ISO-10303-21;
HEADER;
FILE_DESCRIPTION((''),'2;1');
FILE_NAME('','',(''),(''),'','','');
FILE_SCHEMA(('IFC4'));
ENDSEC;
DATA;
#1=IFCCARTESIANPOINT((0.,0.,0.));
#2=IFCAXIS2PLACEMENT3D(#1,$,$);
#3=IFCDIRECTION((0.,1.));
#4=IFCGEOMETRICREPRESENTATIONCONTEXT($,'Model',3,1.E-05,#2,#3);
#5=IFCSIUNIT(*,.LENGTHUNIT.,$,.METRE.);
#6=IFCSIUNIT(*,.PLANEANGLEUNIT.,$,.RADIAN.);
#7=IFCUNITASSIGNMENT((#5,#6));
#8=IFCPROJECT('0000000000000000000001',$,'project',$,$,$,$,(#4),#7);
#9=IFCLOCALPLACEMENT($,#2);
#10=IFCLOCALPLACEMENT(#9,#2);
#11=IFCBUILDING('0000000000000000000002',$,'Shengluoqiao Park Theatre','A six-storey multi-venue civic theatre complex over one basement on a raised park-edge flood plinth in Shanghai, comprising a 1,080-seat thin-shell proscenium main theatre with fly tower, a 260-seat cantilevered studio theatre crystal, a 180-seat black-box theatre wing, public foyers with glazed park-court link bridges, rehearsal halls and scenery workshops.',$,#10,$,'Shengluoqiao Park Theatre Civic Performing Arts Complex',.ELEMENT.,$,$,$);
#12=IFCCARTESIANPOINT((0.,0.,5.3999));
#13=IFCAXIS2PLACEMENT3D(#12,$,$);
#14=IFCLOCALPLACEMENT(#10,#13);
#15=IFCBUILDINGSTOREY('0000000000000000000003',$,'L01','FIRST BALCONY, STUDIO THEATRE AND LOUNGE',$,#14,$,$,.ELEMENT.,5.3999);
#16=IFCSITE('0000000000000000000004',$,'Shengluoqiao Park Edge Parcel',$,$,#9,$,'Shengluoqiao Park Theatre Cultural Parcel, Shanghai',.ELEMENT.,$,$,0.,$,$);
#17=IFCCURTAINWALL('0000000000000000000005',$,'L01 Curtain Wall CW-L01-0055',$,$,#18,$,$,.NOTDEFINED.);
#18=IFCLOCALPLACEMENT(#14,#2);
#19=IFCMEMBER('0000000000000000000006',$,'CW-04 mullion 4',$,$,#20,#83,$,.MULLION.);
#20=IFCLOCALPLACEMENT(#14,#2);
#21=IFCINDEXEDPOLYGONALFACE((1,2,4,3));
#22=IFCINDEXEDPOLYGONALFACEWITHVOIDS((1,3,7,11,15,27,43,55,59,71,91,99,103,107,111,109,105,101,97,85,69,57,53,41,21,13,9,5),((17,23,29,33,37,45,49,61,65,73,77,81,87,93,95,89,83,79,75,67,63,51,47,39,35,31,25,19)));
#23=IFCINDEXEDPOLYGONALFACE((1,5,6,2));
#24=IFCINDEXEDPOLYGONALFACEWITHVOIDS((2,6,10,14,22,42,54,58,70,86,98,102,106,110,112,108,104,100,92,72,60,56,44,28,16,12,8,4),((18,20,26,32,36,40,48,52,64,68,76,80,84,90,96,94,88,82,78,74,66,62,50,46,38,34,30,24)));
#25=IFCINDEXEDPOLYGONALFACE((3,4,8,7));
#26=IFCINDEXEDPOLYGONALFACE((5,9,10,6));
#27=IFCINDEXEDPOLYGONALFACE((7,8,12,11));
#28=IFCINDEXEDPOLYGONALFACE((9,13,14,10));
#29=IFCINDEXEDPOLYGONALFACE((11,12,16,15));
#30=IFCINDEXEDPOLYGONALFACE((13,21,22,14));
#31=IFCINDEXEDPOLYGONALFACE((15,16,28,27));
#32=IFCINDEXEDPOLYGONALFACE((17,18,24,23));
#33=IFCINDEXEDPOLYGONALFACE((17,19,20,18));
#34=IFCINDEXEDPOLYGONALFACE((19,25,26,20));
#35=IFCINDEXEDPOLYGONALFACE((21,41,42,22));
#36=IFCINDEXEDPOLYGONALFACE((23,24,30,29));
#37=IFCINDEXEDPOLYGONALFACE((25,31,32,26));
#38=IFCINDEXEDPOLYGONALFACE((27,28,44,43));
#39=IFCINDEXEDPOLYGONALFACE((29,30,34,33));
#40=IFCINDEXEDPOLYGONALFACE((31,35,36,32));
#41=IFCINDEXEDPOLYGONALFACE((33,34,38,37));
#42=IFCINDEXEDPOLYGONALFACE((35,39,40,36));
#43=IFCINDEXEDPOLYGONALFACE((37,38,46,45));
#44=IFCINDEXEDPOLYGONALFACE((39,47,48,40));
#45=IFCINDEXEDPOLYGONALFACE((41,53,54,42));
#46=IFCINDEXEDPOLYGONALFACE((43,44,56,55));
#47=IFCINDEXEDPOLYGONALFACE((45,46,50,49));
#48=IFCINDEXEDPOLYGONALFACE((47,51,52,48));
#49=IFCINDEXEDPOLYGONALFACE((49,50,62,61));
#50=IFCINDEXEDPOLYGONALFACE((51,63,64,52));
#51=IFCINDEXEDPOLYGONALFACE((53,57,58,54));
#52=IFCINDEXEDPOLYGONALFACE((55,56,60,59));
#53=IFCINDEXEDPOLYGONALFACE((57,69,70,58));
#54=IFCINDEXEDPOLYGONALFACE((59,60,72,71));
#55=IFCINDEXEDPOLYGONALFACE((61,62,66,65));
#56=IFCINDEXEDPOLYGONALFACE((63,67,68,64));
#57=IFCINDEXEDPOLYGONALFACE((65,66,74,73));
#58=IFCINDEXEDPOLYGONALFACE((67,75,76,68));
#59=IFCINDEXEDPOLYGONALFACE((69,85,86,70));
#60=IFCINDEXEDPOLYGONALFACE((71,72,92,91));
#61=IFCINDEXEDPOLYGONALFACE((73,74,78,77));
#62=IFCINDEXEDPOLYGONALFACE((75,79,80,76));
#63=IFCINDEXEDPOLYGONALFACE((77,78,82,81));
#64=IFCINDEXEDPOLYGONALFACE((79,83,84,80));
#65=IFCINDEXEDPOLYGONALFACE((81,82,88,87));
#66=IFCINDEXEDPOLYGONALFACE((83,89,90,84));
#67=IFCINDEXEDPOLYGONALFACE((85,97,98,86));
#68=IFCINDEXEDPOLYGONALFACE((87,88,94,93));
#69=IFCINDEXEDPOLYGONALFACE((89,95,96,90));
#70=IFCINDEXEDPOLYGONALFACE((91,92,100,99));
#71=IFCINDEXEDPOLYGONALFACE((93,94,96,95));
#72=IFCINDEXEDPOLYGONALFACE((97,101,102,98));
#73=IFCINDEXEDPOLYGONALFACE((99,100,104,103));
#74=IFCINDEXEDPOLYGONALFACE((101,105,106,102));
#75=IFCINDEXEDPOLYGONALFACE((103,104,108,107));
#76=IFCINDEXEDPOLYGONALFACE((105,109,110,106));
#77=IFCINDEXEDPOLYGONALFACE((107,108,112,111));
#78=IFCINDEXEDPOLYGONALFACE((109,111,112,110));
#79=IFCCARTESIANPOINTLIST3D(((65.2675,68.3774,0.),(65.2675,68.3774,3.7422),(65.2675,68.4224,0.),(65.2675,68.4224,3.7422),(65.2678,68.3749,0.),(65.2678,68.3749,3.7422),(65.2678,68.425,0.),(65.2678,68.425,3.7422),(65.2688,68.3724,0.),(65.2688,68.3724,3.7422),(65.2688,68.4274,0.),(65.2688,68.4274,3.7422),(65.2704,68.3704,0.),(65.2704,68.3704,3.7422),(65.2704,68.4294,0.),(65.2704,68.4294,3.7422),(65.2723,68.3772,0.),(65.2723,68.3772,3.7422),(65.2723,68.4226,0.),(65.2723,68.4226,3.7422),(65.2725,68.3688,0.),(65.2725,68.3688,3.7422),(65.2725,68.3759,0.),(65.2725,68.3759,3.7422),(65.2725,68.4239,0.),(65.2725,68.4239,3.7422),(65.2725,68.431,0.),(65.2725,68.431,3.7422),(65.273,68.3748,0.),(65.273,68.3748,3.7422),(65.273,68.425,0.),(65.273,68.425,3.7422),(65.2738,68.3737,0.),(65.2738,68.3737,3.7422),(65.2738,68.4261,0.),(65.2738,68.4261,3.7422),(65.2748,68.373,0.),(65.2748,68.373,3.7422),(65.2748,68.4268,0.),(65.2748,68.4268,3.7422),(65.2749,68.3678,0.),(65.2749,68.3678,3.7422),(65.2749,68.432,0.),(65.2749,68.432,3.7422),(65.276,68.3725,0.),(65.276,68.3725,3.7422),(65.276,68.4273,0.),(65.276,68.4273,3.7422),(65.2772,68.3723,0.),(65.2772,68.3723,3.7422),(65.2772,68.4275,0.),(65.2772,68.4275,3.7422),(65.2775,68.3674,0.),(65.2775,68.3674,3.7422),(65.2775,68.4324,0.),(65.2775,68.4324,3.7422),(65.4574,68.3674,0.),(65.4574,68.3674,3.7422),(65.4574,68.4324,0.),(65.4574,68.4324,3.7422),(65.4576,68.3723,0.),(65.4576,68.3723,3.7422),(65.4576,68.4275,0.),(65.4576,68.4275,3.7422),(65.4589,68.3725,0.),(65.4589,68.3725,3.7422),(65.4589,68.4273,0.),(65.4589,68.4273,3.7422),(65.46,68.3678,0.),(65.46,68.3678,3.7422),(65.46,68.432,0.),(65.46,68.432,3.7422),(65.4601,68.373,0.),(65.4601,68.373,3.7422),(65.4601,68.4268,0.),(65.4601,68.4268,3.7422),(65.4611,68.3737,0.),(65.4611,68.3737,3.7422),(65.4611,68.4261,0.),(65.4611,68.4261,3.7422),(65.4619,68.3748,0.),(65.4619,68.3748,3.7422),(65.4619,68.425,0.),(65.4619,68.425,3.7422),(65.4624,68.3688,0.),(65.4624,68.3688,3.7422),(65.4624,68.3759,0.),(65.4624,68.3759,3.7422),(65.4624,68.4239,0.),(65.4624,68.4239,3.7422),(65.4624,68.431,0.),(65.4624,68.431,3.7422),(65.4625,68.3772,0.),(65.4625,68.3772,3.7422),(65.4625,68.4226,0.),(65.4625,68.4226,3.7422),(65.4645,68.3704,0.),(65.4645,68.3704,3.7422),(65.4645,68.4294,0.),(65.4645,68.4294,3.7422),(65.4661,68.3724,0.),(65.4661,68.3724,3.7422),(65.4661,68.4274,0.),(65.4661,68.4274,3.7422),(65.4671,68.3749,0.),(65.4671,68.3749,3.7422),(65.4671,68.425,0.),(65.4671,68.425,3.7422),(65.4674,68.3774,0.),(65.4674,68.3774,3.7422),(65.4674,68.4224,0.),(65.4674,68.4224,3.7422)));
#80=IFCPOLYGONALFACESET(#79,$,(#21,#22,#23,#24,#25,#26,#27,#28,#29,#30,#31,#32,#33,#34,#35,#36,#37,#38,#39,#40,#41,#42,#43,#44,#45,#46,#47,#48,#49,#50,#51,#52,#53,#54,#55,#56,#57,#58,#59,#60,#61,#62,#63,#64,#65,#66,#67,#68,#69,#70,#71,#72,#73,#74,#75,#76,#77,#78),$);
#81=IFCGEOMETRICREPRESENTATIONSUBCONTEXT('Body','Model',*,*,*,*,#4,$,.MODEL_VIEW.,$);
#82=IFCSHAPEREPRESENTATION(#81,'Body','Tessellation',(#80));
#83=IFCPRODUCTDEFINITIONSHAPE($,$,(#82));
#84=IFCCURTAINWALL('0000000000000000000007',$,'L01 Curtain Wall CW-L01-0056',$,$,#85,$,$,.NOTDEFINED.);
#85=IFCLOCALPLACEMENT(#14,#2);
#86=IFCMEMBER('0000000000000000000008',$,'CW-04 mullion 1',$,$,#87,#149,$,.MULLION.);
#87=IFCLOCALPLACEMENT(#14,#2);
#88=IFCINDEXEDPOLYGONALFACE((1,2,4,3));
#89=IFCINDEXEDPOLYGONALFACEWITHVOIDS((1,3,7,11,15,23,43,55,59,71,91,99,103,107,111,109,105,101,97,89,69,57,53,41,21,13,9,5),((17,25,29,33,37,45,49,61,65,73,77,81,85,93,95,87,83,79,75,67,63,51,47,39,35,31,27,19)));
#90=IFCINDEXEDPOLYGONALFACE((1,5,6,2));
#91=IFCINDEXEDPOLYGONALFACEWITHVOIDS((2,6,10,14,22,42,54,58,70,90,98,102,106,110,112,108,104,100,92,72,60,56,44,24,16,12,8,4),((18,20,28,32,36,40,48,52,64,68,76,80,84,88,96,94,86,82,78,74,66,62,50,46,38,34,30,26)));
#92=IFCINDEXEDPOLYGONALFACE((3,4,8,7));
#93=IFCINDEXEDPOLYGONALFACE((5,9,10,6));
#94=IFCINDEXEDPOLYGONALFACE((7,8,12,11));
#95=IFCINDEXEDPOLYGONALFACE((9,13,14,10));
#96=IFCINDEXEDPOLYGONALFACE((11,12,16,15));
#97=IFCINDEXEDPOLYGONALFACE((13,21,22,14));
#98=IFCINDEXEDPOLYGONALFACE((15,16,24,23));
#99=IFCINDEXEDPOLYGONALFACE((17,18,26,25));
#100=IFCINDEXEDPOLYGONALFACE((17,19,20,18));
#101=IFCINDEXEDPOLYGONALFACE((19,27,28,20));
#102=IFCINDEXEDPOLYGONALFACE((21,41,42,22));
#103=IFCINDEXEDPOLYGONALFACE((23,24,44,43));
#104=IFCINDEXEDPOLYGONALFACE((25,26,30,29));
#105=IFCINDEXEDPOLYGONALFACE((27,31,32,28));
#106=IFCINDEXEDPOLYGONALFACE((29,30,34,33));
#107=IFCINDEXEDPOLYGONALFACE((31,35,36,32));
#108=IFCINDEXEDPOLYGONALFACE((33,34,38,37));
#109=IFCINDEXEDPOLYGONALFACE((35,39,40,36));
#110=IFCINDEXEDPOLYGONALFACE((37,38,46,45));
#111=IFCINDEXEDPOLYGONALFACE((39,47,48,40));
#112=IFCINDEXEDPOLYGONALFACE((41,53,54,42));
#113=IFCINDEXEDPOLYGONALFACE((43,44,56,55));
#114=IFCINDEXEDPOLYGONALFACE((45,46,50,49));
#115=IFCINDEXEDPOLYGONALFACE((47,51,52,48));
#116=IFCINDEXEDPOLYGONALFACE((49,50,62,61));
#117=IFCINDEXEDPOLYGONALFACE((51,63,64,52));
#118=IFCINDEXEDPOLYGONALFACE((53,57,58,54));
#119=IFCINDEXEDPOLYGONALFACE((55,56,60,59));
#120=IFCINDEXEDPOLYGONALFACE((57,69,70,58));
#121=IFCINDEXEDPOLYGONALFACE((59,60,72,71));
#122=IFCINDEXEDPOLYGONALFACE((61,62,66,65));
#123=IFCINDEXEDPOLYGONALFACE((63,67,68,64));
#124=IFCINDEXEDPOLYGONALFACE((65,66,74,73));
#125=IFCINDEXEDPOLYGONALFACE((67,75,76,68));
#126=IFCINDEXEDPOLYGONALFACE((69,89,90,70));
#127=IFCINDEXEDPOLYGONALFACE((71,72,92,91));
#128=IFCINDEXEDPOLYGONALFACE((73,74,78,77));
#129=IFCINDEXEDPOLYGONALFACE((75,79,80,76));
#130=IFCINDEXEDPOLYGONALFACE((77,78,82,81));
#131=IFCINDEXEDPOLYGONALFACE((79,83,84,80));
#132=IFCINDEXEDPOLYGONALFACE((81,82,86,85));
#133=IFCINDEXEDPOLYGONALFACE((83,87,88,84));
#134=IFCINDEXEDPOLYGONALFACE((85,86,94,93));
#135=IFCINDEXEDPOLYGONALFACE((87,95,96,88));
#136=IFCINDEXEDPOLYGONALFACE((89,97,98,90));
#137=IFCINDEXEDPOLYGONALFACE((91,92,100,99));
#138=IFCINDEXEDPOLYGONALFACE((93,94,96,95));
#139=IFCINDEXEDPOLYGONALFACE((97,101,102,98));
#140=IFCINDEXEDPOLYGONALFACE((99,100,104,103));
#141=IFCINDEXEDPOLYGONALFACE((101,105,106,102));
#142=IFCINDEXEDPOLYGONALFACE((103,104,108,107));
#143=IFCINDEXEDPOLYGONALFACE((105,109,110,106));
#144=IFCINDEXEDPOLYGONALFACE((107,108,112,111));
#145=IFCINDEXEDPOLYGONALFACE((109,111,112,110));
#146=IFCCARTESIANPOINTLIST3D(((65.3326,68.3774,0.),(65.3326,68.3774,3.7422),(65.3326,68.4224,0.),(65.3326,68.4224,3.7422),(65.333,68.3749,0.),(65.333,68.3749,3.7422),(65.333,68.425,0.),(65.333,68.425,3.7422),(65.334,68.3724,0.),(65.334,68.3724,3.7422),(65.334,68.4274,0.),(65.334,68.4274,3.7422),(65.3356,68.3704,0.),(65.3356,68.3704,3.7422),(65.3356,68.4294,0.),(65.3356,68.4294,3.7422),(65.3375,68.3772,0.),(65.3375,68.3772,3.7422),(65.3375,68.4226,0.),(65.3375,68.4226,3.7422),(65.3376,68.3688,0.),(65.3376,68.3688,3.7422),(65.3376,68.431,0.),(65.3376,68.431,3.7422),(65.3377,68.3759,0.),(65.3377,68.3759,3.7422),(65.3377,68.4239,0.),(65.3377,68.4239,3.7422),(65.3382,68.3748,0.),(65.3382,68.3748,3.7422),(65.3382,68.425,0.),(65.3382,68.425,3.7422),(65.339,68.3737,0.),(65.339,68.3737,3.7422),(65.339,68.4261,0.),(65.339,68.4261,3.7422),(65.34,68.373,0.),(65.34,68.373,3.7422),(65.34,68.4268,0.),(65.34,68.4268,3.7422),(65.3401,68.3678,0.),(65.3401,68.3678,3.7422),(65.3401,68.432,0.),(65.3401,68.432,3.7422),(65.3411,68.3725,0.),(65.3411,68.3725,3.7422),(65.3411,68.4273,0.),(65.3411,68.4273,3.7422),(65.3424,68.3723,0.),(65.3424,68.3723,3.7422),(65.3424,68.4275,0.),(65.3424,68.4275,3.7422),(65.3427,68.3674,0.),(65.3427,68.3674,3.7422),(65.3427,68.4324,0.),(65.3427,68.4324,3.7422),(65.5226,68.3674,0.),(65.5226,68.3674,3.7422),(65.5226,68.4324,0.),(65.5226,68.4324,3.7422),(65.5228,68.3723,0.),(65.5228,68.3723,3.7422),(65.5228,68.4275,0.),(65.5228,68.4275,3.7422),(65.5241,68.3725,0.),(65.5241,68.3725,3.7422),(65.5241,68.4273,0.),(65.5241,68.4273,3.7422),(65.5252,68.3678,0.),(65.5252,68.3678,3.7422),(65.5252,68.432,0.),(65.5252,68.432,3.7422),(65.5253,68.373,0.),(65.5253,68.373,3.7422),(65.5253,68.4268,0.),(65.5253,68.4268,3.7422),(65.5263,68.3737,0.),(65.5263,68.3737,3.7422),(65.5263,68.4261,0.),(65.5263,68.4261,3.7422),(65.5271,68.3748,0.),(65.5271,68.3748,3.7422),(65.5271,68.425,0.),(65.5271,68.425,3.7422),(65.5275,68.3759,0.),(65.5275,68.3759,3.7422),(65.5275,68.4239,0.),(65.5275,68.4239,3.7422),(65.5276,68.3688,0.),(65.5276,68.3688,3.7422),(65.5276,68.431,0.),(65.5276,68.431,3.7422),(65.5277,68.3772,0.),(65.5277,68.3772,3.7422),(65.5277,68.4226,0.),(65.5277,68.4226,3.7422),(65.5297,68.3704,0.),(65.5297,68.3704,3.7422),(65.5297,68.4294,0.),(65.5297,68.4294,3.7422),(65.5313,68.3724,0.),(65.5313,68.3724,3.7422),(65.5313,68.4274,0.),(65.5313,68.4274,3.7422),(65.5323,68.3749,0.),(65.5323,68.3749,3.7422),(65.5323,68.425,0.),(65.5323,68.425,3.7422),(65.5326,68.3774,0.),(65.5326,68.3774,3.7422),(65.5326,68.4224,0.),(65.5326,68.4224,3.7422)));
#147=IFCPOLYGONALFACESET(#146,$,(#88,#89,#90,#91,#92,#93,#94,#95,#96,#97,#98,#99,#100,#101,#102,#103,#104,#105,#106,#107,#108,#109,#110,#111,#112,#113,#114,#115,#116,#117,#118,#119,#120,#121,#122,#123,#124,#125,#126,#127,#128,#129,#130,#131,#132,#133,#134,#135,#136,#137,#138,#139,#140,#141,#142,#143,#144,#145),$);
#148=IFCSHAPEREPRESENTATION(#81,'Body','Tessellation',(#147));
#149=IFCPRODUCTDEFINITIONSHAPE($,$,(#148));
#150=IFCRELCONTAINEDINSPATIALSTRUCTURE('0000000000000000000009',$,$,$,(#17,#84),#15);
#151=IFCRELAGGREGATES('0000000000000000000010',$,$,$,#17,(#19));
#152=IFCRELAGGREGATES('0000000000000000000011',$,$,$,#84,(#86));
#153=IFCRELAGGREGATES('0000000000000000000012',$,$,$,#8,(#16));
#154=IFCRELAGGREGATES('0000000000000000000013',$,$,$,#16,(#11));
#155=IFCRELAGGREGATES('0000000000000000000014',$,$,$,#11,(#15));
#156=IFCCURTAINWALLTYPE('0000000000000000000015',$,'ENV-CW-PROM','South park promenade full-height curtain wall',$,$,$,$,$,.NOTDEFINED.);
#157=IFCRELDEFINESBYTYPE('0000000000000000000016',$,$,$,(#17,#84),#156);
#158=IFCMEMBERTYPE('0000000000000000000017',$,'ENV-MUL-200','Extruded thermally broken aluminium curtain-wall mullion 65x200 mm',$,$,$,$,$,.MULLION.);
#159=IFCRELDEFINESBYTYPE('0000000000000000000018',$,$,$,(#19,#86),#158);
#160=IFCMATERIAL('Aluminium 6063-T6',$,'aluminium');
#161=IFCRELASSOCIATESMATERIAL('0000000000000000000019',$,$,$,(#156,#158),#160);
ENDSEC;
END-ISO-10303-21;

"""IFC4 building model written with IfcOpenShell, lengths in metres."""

from ifc_helpers import new_model, si_unit, direction, frame, origin, origin_2d, place, context, subcontext, project, spatial, hollow_rectangle, extrude, material, material_profile, profile_set, type_object, element, aggregate, save


model = new_model("IFC4")

# Units and contexts
model_context = context("Model", 3, precision=1e-05, world=origin(), true_north=direction((0.0, 1.0)))
body_context = subcontext(model_context, "Body", "Model", "MODEL_VIEW")
ifc_project = project(units=[si_unit("LENGTHUNIT", "METRE"), si_unit("PLANEANGLEUNIT", "RADIAN")], contexts=[model_context])

# Site, building, storey
site_placement = place(None, origin())
site = spatial("IfcSite", under=ifc_project, at=site_placement, Name="Shengluoqiao Park Edge Parcel", LongName="Shengluoqiao Park Theatre Cultural Parcel, Shanghai", CompositionType="ELEMENT", RefElevation=0.0)
building_placement = place(site_placement, origin())
building = spatial("IfcBuilding", under=site, at=building_placement, Name="Shengluoqiao Park Theatre", Description="A six-storey multi-venue civic theatre complex over one basement on a raised park-edge flood plinth in Shanghai, comprising a 1,080-seat thin-shell proscenium main theatre with fly tower, a 260-seat cantilevered studio theatre crystal, a 180-seat black-box theatre wing, public foyers with glazed park-court link bridges, rehearsal halls and scenery workshops.", LongName="Shengluoqiao Park Theatre Civic Performing Arts Complex", CompositionType="ELEMENT")
storey_placement = place(building_placement, frame((0.0, 0.0, 5.3999)))
storey = spatial("IfcBuildingStorey", under=building, at=storey_placement, Name="L01", Description="FIRST BALCONY, STUDIO THEATRE AND LOUNGE", CompositionType="ELEMENT", Elevation=5.3999)

# Curtain walls, members
ifc_material_1 = material(Name="Aluminium 6063-T6", Category="aluminium")
curtain_wall_type = type_object("IfcCurtainWallType", Name="ENV-CW-PROM", Description="South park promenade full-height curtain wall", PredefinedType="NOTDEFINED", material=ifc_material_1)
curtain_wall_1_placement = place(storey_placement, origin())
curtain_wall_1 = element("IfcCurtainWall", 1, at=curtain_wall_1_placement, inside=storey, type_object=curtain_wall_type, Name="L01 Curtain Wall CW-L01-0055", PredefinedType="NOTDEFINED")
ifc_material_profile_1 = material_profile(ifc_material_1, hollow_rectangle(XDim=0.0649, YDim=0.2, WallThickness=0.0049, InnerFilletRadius=0.0049, OuterFilletRadius=0.01, at=origin_2d()), Name="ALU MULLION 200x65x5")
ifc_profile_set_1 = profile_set([ifc_material_profile_1], Name="Aluminium 6063-T6")
member_type_1 = type_object("IfcMemberType", Name="ENV-MUL-200", Description="Extruded thermally broken aluminium curtain-wall mullion 65x200 mm", PredefinedType="MULLION", material=ifc_profile_set_1)
member_1_placement = place(storey_placement, frame((65.3674, 68.3999, 0.0), z_axis=(0.0, 0.0, 1.0), x_axis=(0.0, 1.0, 0.0)))
member_1 = element("IfcMember", 2, at=member_1_placement, type_object=member_type_1, Name="CW-04 mullion 4", PredefinedType="MULLION", context=body_context, shape_type="SweptSolid", body=[
    extrude(hollow_rectangle(XDim=0.0649, YDim=0.2, WallThickness=0.0049, InnerFilletRadius=0.0049, OuterFilletRadius=0.01, at=origin_2d()), origin(), (0.0, 0.0, 1.0), 3.7422),
])
curtain_wall_2_placement = place(storey_placement, origin())
curtain_wall_2 = element("IfcCurtainWall", 3, at=curtain_wall_2_placement, inside=storey, type_object=curtain_wall_type, Name="L01 Curtain Wall CW-L01-0056", PredefinedType="NOTDEFINED")
member_2_placement = place(storey_placement, frame((65.4326, 68.3999, 0.0), z_axis=(0.0, 0.0, 1.0), x_axis=(0.0, 1.0, 0.0)))
member_2 = element("IfcMember", 4, at=member_2_placement, type_object=member_type_1, Name="CW-04 mullion 1", PredefinedType="MULLION", context=body_context, shape_type="SweptSolid", body=[
    extrude(hollow_rectangle(XDim=0.0649, YDim=0.2, WallThickness=0.0049, InnerFilletRadius=0.0049, OuterFilletRadius=0.01, at=origin_2d()), origin(), (0.0, 0.0, 1.0), 3.7422),
])

aggregate(curtain_wall_1, [member_1])
aggregate(curtain_wall_2, [member_2])

save(model, "model.ifc")
